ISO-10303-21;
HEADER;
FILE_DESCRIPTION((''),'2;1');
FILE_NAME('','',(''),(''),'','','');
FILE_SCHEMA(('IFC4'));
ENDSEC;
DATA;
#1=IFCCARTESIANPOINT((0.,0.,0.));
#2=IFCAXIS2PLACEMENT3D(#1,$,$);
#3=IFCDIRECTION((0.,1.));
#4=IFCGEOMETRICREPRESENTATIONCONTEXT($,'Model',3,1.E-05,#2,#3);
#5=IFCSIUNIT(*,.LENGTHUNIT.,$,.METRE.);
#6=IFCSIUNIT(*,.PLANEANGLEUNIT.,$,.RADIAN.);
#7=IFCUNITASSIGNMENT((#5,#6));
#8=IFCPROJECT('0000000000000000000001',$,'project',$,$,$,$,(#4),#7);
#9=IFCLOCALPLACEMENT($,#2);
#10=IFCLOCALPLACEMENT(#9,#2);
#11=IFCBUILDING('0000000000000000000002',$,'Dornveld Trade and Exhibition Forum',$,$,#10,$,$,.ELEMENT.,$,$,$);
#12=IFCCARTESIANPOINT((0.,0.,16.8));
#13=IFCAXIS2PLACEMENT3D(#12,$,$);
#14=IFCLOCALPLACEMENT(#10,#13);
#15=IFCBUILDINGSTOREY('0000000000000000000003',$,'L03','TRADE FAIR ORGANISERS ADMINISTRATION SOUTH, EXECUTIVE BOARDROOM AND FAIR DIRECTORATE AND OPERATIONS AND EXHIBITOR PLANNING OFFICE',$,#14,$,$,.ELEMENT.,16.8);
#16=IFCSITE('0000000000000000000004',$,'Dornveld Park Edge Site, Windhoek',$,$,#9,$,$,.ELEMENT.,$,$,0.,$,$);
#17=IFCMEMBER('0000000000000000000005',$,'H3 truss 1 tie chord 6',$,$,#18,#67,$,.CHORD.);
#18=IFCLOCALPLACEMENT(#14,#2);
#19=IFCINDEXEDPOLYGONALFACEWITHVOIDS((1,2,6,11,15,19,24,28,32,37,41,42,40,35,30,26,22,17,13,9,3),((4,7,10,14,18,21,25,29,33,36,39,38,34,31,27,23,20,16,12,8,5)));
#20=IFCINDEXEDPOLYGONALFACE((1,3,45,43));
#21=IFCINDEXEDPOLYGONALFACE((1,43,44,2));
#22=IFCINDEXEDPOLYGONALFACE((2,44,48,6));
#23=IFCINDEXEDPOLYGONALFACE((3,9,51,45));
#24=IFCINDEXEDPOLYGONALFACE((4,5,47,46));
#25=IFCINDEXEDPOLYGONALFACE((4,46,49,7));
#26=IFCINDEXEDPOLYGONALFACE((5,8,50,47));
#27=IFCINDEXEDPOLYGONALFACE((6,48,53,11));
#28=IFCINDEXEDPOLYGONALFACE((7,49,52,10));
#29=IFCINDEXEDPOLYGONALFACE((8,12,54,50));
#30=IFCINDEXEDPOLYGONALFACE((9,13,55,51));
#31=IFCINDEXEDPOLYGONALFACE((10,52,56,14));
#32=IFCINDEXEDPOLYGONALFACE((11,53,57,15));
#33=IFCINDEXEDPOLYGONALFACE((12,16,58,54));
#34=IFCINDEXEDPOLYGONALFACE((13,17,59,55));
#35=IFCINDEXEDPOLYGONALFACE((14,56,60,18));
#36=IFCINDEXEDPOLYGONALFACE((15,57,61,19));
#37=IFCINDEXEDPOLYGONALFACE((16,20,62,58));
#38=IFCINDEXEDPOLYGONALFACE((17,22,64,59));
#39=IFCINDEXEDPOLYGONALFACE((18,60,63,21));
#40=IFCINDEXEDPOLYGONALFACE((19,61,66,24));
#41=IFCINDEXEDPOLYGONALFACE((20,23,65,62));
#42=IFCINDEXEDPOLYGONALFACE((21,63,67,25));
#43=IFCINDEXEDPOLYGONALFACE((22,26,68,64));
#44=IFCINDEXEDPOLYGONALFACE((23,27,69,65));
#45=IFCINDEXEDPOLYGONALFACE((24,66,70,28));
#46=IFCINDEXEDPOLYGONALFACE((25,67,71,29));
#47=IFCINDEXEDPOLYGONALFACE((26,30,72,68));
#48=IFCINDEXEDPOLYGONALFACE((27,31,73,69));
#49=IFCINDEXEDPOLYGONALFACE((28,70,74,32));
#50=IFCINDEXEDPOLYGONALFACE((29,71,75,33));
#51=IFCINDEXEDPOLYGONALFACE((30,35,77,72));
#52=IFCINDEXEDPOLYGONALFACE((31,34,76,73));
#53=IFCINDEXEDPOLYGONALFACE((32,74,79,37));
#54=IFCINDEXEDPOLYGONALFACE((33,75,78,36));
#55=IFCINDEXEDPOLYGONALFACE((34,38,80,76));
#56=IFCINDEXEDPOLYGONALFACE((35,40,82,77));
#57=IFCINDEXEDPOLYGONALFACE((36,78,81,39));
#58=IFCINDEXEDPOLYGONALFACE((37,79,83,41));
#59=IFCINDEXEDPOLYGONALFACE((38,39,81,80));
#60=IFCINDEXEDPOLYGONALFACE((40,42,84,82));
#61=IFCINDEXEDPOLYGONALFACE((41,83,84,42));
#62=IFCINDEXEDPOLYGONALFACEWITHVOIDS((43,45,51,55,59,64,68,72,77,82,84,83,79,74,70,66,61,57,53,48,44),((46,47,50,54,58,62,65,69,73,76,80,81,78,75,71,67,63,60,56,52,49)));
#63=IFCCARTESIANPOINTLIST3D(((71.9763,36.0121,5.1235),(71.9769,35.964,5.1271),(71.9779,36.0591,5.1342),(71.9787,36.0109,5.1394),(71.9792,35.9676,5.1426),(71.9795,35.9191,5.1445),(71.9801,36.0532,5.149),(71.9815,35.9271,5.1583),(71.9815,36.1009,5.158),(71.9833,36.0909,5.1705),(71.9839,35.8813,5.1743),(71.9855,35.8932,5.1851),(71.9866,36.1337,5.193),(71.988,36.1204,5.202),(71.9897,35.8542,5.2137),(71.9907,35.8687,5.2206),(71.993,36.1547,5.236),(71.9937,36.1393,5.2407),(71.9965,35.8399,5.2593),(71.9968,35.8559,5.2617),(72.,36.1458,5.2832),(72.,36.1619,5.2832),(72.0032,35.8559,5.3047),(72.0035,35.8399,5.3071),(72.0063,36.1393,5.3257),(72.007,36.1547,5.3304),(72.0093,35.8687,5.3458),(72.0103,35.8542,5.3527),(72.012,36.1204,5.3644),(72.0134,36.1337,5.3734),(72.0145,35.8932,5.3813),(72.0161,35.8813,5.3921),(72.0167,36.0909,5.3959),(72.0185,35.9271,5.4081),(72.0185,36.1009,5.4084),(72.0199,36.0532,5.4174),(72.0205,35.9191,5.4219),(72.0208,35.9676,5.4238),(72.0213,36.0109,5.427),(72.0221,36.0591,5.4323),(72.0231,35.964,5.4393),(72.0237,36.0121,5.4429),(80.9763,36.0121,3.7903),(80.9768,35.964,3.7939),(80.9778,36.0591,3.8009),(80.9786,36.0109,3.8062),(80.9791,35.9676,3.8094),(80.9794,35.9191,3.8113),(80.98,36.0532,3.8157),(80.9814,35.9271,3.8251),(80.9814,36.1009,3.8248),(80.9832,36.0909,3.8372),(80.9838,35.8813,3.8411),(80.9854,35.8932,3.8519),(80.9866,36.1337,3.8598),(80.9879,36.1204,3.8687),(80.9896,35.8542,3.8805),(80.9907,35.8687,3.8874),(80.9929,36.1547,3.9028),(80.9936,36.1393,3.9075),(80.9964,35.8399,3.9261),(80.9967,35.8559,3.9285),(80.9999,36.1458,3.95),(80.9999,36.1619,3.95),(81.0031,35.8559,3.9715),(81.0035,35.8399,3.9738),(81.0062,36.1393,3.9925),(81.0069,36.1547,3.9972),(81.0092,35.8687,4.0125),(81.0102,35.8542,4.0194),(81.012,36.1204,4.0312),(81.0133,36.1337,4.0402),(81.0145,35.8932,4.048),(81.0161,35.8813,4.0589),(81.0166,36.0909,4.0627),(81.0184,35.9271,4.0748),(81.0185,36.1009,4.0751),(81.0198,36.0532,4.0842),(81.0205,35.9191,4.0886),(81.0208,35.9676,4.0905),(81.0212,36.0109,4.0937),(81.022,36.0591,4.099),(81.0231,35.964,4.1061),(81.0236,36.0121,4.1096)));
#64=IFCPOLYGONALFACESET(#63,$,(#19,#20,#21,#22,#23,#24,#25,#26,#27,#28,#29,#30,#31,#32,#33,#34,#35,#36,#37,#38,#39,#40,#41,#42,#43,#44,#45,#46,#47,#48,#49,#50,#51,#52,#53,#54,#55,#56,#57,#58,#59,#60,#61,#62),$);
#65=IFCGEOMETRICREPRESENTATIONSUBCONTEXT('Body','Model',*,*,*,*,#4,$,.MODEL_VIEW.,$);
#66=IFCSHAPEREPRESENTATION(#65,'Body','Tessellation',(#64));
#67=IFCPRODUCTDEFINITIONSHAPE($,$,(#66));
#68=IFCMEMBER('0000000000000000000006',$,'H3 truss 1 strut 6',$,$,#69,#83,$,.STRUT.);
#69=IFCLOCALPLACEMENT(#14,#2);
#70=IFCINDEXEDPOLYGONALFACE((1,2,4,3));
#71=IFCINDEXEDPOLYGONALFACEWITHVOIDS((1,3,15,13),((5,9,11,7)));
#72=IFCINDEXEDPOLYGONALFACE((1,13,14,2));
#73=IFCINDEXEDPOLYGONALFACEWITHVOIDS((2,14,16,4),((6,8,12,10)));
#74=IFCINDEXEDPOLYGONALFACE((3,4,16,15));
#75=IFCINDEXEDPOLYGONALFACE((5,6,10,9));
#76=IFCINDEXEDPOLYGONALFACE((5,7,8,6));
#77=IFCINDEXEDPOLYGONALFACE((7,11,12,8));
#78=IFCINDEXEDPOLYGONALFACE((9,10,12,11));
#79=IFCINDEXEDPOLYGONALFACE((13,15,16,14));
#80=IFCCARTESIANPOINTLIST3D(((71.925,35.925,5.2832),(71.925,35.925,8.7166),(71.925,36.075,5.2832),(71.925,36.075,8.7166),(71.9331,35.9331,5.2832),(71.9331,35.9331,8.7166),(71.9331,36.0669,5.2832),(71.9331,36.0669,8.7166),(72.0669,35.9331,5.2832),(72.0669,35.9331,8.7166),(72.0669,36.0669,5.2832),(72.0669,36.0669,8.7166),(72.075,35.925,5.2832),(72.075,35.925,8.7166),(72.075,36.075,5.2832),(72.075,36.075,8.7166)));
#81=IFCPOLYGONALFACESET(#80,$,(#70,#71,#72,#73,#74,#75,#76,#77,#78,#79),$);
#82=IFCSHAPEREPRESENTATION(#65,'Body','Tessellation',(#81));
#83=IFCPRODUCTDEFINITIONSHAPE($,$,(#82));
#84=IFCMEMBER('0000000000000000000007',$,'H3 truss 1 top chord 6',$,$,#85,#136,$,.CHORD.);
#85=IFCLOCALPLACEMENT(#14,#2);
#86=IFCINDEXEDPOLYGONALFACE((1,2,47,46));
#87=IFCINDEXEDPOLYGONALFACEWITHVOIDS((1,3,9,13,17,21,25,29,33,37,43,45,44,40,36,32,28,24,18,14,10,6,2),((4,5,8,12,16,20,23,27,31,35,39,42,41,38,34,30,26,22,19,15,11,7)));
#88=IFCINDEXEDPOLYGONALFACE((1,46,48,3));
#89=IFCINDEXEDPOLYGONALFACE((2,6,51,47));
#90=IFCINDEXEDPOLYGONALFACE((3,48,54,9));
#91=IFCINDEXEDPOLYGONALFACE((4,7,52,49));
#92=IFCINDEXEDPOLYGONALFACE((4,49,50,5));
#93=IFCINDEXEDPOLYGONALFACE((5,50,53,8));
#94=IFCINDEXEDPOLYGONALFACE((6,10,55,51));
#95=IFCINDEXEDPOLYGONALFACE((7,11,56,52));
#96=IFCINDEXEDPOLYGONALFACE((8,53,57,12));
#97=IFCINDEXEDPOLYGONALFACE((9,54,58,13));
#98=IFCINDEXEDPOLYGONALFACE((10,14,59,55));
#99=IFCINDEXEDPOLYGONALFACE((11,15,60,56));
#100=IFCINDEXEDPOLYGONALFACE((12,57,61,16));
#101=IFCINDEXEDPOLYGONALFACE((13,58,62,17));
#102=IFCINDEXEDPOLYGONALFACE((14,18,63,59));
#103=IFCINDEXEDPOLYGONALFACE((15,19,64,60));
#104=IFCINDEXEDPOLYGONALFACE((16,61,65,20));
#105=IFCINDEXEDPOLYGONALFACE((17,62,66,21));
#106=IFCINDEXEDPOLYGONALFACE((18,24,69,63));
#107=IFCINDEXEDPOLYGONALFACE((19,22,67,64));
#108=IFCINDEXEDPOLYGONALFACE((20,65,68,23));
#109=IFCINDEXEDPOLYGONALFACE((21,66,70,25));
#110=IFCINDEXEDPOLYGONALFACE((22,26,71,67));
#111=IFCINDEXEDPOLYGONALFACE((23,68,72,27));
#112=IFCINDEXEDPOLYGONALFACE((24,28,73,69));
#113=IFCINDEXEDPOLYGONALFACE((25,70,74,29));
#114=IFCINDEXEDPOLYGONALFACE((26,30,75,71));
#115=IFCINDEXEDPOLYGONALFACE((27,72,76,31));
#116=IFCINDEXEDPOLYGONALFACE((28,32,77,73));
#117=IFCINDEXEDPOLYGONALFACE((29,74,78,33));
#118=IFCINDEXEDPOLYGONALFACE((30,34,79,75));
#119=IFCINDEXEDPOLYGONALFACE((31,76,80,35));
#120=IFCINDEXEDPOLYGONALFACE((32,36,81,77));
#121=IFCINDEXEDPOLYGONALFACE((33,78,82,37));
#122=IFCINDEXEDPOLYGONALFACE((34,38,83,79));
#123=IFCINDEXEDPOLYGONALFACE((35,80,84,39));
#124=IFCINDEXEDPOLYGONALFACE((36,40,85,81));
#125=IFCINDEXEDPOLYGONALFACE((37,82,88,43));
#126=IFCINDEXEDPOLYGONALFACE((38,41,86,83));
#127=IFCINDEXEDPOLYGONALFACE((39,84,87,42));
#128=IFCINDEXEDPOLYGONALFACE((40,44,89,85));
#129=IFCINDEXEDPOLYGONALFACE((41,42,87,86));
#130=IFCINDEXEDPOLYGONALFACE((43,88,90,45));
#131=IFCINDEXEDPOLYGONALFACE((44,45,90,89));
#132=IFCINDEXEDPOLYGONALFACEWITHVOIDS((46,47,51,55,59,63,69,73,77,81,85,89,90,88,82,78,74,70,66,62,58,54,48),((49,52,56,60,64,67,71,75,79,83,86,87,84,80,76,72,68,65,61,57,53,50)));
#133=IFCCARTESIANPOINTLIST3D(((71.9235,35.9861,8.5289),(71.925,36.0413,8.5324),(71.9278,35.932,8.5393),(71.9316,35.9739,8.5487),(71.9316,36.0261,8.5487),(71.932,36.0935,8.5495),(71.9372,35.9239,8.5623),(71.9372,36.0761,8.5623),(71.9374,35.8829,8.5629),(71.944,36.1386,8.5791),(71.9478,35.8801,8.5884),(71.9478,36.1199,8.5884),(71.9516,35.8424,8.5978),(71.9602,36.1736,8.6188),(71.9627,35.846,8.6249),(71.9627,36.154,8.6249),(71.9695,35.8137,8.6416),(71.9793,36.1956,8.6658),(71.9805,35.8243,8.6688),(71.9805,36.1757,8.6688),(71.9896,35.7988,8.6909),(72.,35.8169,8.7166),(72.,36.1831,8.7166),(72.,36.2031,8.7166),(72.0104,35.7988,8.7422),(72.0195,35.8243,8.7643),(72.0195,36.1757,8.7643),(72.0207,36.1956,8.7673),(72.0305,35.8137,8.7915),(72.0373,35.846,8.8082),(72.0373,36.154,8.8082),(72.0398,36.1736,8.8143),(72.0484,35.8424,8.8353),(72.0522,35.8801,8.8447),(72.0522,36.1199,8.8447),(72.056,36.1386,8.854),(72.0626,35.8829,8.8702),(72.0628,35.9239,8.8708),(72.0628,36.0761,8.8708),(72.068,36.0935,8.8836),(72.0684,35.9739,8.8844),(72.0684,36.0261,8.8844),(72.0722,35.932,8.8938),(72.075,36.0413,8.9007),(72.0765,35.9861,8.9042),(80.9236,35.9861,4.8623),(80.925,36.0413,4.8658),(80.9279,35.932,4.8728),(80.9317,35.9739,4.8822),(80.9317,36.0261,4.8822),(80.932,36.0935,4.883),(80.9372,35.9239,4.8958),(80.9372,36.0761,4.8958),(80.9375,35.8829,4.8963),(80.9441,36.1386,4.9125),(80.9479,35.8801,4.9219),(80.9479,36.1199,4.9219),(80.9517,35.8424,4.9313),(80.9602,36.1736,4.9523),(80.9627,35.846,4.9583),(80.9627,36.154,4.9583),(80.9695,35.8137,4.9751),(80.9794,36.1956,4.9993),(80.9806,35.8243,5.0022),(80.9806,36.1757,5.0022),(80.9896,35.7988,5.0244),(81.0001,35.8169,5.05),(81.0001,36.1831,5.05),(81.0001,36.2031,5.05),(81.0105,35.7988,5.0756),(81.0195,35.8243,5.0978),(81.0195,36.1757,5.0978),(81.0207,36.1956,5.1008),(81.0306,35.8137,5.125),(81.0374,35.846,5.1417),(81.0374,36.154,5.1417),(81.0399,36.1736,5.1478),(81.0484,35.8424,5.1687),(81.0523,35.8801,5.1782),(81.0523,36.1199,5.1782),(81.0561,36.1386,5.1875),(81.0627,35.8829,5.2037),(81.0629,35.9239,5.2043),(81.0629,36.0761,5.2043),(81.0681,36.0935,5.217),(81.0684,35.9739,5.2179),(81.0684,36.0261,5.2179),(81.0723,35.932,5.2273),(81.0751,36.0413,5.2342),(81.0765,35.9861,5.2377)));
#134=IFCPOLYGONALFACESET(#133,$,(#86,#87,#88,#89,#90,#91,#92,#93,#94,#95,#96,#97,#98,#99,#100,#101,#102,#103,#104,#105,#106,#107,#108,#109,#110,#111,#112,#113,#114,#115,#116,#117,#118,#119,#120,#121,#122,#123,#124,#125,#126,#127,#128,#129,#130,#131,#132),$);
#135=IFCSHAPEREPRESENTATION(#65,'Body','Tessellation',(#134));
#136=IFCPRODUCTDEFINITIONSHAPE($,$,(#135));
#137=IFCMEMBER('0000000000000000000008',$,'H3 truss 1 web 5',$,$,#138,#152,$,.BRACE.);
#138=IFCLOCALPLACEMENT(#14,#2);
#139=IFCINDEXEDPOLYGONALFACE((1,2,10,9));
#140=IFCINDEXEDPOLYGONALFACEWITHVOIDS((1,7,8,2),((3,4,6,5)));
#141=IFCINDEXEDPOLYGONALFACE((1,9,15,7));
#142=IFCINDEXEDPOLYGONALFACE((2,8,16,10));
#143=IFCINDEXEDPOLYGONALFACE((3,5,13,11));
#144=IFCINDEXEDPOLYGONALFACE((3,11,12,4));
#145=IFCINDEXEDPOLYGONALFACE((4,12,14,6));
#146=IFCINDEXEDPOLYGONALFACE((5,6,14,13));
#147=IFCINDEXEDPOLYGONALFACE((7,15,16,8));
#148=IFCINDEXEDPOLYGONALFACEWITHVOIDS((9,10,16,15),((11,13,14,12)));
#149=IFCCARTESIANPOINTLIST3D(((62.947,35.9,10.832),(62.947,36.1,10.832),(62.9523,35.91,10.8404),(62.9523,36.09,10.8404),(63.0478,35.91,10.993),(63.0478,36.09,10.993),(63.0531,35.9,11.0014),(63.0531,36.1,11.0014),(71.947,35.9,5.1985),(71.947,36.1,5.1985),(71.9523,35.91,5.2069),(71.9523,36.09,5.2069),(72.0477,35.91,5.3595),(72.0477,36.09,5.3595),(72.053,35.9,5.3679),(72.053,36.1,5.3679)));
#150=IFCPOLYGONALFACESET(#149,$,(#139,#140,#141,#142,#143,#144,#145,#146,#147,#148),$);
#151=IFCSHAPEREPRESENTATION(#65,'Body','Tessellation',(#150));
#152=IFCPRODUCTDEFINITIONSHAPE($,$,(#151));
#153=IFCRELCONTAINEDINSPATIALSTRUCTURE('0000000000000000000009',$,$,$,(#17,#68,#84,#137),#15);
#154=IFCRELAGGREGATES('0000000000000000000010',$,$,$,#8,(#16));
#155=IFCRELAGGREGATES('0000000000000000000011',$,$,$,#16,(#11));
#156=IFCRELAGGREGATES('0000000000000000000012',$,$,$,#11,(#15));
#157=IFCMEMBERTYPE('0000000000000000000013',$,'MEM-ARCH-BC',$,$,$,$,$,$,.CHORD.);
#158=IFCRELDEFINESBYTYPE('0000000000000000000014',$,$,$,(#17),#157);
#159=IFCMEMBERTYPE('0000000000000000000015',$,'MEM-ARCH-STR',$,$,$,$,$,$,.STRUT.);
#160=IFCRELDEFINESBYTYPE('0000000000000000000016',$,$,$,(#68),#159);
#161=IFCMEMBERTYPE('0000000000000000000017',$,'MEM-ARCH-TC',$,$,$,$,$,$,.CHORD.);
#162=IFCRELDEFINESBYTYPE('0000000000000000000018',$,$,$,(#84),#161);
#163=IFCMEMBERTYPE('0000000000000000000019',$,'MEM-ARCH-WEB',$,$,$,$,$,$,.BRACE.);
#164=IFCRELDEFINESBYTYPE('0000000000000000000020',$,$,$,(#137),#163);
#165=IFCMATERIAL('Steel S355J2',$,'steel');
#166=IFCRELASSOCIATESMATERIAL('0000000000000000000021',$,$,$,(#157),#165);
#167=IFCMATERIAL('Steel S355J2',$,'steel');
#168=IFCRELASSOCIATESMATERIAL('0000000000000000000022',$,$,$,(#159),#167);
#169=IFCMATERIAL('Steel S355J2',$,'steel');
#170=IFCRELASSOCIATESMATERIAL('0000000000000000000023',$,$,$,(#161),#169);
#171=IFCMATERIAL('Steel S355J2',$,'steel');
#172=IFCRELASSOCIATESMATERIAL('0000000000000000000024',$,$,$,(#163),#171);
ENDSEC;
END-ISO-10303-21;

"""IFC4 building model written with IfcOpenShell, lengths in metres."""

from ifc_helpers import new_model, si_unit, direction, frame, origin, origin_2d, place, context, subcontext, project, spatial, hollow_rectangle, hollow_circle, extrude, material, material_profile, profile_set, type_object, element, save


model = new_model("IFC4")

# Units and contexts
model_context = context("Model", 3, precision=1e-05, world=origin(), true_north=direction((0.0, 1.0)))
body_context = subcontext(model_context, "Body", "Model", "MODEL_VIEW")
ifc_project = project(units=[si_unit("LENGTHUNIT", "METRE"), si_unit("PLANEANGLEUNIT", "RADIAN")], contexts=[model_context])

# Site, building, storey
site_placement = place(None, origin())
site = spatial("IfcSite", under=ifc_project, at=site_placement, Name="Dornveld Park Edge Site, Windhoek", CompositionType="ELEMENT", RefElevation=0.0)
building_placement = place(site_placement, origin())
building = spatial("IfcBuilding", under=site, at=building_placement, Name="Dornveld Trade and Exhibition Forum", CompositionType="ELEMENT")
storey_placement = place(building_placement, frame((0.0, 0.0, 16.8)))
storey = spatial("IfcBuildingStorey", under=building, at=storey_placement, Name="L03", Description="TRADE FAIR ORGANISERS ADMINISTRATION SOUTH, EXECUTIVE BOARDROOM AND FAIR DIRECTORATE AND OPERATIONS AND EXHIBITOR PLANNING OFFICE", CompositionType="ELEMENT", Elevation=16.8)

# Members
ifc_material_1 = material(Name="Steel S355J2", Category="steel")
ifc_material_profile_1 = material_profile(ifc_material_1, hollow_circle(Radius=0.1619, WallThickness=0.0161, at=origin_2d()), Name="CHS 323.9x16")
ifc_profile_set_1 = profile_set([ifc_material_profile_1], Name="Steel S355J2")
member_type_1 = type_object("IfcMemberType", Name="MEM-ARCH-BC", PredefinedType="CHORD", material=ifc_profile_set_1)
member_1_placement = place(storey_placement, frame((72.0, 36.0, 5.2832), z_axis=(0.989205, 0.0, -0.14654), x_axis=(0.0, 1.0, 0.0)))
element("IfcMember", 1, at=member_1_placement, inside=storey, type_object=member_type_1, Name="H3 truss 1 tie chord 6", PredefinedType="CHORD", context=body_context, shape_type="SweptSolid", body=[
    extrude(hollow_circle(Radius=0.1619, WallThickness=0.0161, at=origin_2d()), origin(), (0.0, 0.0, 1.0), 9.0981),
])
ifc_material_2 = material(Name="Steel S355J2", Category="steel")
ifc_material_profile_2 = material_profile(ifc_material_2, hollow_rectangle(XDim=0.1499, YDim=0.1499, WallThickness=0.0081, at=origin_2d()), Name="SHS 150x150x8")
ifc_profile_set_2 = profile_set([ifc_material_profile_2], Name="Steel S355J2")
member_type_2 = type_object("IfcMemberType", Name="MEM-ARCH-STR", PredefinedType="STRUT", material=ifc_profile_set_2)
member_2_placement = place(storey_placement, frame((72.0, 36.0, 5.2832), z_axis=(0.0, 0.0, 1.0), x_axis=(1.0, 0.0, 0.0)))
element("IfcMember", 2, at=member_2_placement, inside=storey, type_object=member_type_2, Name="H3 truss 1 strut 6", PredefinedType="STRUT", context=body_context, shape_type="SweptSolid", body=[
    extrude(hollow_rectangle(XDim=0.1499, YDim=0.1499, WallThickness=0.0081, at=origin_2d()), origin(), (0.0, 0.0, 1.0), 3.4333),
])
ifc_material_3 = material(Name="Steel S355J2", Category="steel")
ifc_material_profile_3 = material_profile(ifc_material_3, hollow_circle(Radius=0.2031, WallThickness=0.02, at=origin_2d()), Name="CHS 406.4x20")
ifc_profile_set_3 = profile_set([ifc_material_profile_3], Name="Steel S355J2")
member_type_3 = type_object("IfcMemberType", Name="MEM-ARCH-TC", PredefinedType="CHORD", material=ifc_profile_set_3)
member_3_placement = place(storey_placement, frame((72.0, 36.0, 8.7166), z_axis=(0.926098, 0.0, -0.377283), x_axis=(0.0, 1.0, 0.0)))
element("IfcMember", 3, at=member_3_placement, inside=storey, type_object=member_type_3, Name="H3 truss 1 top chord 6", PredefinedType="CHORD", context=body_context, shape_type="SweptSolid", body=[
    extrude(hollow_circle(Radius=0.2031, WallThickness=0.02, at=origin_2d()), origin(), (0.0, 0.0, 1.0), 9.7183),
])
ifc_material_4 = material(Name="Steel S355J2", Category="steel")
ifc_material_profile_4 = material_profile(ifc_material_4, hollow_rectangle(XDim=0.2, YDim=0.2, WallThickness=0.01, at=origin_2d()), Name="SHS 200x200x10")
ifc_profile_set_4 = profile_set([ifc_material_profile_4], Name="Steel S355J2")
member_type_4 = type_object("IfcMemberType", Name="MEM-ARCH-WEB", PredefinedType="BRACE", material=ifc_profile_set_4)
member_4_placement = place(storey_placement, frame((72.0, 36.0, 5.2832), z_axis=(-0.847636, 0.0, 0.530578), x_axis=(0.0, -1.0, 0.0)))
element("IfcMember", 4, at=member_4_placement, inside=storey, type_object=member_type_4, Name="H3 truss 1 web 5", PredefinedType="BRACE", context=body_context, shape_type="SweptSolid", body=[
    extrude(hollow_rectangle(XDim=0.2, YDim=0.2, WallThickness=0.01, at=origin_2d()), origin(), (0.0, 0.0, 1.0), 10.6177),
])

save(model, "model.ifc")
